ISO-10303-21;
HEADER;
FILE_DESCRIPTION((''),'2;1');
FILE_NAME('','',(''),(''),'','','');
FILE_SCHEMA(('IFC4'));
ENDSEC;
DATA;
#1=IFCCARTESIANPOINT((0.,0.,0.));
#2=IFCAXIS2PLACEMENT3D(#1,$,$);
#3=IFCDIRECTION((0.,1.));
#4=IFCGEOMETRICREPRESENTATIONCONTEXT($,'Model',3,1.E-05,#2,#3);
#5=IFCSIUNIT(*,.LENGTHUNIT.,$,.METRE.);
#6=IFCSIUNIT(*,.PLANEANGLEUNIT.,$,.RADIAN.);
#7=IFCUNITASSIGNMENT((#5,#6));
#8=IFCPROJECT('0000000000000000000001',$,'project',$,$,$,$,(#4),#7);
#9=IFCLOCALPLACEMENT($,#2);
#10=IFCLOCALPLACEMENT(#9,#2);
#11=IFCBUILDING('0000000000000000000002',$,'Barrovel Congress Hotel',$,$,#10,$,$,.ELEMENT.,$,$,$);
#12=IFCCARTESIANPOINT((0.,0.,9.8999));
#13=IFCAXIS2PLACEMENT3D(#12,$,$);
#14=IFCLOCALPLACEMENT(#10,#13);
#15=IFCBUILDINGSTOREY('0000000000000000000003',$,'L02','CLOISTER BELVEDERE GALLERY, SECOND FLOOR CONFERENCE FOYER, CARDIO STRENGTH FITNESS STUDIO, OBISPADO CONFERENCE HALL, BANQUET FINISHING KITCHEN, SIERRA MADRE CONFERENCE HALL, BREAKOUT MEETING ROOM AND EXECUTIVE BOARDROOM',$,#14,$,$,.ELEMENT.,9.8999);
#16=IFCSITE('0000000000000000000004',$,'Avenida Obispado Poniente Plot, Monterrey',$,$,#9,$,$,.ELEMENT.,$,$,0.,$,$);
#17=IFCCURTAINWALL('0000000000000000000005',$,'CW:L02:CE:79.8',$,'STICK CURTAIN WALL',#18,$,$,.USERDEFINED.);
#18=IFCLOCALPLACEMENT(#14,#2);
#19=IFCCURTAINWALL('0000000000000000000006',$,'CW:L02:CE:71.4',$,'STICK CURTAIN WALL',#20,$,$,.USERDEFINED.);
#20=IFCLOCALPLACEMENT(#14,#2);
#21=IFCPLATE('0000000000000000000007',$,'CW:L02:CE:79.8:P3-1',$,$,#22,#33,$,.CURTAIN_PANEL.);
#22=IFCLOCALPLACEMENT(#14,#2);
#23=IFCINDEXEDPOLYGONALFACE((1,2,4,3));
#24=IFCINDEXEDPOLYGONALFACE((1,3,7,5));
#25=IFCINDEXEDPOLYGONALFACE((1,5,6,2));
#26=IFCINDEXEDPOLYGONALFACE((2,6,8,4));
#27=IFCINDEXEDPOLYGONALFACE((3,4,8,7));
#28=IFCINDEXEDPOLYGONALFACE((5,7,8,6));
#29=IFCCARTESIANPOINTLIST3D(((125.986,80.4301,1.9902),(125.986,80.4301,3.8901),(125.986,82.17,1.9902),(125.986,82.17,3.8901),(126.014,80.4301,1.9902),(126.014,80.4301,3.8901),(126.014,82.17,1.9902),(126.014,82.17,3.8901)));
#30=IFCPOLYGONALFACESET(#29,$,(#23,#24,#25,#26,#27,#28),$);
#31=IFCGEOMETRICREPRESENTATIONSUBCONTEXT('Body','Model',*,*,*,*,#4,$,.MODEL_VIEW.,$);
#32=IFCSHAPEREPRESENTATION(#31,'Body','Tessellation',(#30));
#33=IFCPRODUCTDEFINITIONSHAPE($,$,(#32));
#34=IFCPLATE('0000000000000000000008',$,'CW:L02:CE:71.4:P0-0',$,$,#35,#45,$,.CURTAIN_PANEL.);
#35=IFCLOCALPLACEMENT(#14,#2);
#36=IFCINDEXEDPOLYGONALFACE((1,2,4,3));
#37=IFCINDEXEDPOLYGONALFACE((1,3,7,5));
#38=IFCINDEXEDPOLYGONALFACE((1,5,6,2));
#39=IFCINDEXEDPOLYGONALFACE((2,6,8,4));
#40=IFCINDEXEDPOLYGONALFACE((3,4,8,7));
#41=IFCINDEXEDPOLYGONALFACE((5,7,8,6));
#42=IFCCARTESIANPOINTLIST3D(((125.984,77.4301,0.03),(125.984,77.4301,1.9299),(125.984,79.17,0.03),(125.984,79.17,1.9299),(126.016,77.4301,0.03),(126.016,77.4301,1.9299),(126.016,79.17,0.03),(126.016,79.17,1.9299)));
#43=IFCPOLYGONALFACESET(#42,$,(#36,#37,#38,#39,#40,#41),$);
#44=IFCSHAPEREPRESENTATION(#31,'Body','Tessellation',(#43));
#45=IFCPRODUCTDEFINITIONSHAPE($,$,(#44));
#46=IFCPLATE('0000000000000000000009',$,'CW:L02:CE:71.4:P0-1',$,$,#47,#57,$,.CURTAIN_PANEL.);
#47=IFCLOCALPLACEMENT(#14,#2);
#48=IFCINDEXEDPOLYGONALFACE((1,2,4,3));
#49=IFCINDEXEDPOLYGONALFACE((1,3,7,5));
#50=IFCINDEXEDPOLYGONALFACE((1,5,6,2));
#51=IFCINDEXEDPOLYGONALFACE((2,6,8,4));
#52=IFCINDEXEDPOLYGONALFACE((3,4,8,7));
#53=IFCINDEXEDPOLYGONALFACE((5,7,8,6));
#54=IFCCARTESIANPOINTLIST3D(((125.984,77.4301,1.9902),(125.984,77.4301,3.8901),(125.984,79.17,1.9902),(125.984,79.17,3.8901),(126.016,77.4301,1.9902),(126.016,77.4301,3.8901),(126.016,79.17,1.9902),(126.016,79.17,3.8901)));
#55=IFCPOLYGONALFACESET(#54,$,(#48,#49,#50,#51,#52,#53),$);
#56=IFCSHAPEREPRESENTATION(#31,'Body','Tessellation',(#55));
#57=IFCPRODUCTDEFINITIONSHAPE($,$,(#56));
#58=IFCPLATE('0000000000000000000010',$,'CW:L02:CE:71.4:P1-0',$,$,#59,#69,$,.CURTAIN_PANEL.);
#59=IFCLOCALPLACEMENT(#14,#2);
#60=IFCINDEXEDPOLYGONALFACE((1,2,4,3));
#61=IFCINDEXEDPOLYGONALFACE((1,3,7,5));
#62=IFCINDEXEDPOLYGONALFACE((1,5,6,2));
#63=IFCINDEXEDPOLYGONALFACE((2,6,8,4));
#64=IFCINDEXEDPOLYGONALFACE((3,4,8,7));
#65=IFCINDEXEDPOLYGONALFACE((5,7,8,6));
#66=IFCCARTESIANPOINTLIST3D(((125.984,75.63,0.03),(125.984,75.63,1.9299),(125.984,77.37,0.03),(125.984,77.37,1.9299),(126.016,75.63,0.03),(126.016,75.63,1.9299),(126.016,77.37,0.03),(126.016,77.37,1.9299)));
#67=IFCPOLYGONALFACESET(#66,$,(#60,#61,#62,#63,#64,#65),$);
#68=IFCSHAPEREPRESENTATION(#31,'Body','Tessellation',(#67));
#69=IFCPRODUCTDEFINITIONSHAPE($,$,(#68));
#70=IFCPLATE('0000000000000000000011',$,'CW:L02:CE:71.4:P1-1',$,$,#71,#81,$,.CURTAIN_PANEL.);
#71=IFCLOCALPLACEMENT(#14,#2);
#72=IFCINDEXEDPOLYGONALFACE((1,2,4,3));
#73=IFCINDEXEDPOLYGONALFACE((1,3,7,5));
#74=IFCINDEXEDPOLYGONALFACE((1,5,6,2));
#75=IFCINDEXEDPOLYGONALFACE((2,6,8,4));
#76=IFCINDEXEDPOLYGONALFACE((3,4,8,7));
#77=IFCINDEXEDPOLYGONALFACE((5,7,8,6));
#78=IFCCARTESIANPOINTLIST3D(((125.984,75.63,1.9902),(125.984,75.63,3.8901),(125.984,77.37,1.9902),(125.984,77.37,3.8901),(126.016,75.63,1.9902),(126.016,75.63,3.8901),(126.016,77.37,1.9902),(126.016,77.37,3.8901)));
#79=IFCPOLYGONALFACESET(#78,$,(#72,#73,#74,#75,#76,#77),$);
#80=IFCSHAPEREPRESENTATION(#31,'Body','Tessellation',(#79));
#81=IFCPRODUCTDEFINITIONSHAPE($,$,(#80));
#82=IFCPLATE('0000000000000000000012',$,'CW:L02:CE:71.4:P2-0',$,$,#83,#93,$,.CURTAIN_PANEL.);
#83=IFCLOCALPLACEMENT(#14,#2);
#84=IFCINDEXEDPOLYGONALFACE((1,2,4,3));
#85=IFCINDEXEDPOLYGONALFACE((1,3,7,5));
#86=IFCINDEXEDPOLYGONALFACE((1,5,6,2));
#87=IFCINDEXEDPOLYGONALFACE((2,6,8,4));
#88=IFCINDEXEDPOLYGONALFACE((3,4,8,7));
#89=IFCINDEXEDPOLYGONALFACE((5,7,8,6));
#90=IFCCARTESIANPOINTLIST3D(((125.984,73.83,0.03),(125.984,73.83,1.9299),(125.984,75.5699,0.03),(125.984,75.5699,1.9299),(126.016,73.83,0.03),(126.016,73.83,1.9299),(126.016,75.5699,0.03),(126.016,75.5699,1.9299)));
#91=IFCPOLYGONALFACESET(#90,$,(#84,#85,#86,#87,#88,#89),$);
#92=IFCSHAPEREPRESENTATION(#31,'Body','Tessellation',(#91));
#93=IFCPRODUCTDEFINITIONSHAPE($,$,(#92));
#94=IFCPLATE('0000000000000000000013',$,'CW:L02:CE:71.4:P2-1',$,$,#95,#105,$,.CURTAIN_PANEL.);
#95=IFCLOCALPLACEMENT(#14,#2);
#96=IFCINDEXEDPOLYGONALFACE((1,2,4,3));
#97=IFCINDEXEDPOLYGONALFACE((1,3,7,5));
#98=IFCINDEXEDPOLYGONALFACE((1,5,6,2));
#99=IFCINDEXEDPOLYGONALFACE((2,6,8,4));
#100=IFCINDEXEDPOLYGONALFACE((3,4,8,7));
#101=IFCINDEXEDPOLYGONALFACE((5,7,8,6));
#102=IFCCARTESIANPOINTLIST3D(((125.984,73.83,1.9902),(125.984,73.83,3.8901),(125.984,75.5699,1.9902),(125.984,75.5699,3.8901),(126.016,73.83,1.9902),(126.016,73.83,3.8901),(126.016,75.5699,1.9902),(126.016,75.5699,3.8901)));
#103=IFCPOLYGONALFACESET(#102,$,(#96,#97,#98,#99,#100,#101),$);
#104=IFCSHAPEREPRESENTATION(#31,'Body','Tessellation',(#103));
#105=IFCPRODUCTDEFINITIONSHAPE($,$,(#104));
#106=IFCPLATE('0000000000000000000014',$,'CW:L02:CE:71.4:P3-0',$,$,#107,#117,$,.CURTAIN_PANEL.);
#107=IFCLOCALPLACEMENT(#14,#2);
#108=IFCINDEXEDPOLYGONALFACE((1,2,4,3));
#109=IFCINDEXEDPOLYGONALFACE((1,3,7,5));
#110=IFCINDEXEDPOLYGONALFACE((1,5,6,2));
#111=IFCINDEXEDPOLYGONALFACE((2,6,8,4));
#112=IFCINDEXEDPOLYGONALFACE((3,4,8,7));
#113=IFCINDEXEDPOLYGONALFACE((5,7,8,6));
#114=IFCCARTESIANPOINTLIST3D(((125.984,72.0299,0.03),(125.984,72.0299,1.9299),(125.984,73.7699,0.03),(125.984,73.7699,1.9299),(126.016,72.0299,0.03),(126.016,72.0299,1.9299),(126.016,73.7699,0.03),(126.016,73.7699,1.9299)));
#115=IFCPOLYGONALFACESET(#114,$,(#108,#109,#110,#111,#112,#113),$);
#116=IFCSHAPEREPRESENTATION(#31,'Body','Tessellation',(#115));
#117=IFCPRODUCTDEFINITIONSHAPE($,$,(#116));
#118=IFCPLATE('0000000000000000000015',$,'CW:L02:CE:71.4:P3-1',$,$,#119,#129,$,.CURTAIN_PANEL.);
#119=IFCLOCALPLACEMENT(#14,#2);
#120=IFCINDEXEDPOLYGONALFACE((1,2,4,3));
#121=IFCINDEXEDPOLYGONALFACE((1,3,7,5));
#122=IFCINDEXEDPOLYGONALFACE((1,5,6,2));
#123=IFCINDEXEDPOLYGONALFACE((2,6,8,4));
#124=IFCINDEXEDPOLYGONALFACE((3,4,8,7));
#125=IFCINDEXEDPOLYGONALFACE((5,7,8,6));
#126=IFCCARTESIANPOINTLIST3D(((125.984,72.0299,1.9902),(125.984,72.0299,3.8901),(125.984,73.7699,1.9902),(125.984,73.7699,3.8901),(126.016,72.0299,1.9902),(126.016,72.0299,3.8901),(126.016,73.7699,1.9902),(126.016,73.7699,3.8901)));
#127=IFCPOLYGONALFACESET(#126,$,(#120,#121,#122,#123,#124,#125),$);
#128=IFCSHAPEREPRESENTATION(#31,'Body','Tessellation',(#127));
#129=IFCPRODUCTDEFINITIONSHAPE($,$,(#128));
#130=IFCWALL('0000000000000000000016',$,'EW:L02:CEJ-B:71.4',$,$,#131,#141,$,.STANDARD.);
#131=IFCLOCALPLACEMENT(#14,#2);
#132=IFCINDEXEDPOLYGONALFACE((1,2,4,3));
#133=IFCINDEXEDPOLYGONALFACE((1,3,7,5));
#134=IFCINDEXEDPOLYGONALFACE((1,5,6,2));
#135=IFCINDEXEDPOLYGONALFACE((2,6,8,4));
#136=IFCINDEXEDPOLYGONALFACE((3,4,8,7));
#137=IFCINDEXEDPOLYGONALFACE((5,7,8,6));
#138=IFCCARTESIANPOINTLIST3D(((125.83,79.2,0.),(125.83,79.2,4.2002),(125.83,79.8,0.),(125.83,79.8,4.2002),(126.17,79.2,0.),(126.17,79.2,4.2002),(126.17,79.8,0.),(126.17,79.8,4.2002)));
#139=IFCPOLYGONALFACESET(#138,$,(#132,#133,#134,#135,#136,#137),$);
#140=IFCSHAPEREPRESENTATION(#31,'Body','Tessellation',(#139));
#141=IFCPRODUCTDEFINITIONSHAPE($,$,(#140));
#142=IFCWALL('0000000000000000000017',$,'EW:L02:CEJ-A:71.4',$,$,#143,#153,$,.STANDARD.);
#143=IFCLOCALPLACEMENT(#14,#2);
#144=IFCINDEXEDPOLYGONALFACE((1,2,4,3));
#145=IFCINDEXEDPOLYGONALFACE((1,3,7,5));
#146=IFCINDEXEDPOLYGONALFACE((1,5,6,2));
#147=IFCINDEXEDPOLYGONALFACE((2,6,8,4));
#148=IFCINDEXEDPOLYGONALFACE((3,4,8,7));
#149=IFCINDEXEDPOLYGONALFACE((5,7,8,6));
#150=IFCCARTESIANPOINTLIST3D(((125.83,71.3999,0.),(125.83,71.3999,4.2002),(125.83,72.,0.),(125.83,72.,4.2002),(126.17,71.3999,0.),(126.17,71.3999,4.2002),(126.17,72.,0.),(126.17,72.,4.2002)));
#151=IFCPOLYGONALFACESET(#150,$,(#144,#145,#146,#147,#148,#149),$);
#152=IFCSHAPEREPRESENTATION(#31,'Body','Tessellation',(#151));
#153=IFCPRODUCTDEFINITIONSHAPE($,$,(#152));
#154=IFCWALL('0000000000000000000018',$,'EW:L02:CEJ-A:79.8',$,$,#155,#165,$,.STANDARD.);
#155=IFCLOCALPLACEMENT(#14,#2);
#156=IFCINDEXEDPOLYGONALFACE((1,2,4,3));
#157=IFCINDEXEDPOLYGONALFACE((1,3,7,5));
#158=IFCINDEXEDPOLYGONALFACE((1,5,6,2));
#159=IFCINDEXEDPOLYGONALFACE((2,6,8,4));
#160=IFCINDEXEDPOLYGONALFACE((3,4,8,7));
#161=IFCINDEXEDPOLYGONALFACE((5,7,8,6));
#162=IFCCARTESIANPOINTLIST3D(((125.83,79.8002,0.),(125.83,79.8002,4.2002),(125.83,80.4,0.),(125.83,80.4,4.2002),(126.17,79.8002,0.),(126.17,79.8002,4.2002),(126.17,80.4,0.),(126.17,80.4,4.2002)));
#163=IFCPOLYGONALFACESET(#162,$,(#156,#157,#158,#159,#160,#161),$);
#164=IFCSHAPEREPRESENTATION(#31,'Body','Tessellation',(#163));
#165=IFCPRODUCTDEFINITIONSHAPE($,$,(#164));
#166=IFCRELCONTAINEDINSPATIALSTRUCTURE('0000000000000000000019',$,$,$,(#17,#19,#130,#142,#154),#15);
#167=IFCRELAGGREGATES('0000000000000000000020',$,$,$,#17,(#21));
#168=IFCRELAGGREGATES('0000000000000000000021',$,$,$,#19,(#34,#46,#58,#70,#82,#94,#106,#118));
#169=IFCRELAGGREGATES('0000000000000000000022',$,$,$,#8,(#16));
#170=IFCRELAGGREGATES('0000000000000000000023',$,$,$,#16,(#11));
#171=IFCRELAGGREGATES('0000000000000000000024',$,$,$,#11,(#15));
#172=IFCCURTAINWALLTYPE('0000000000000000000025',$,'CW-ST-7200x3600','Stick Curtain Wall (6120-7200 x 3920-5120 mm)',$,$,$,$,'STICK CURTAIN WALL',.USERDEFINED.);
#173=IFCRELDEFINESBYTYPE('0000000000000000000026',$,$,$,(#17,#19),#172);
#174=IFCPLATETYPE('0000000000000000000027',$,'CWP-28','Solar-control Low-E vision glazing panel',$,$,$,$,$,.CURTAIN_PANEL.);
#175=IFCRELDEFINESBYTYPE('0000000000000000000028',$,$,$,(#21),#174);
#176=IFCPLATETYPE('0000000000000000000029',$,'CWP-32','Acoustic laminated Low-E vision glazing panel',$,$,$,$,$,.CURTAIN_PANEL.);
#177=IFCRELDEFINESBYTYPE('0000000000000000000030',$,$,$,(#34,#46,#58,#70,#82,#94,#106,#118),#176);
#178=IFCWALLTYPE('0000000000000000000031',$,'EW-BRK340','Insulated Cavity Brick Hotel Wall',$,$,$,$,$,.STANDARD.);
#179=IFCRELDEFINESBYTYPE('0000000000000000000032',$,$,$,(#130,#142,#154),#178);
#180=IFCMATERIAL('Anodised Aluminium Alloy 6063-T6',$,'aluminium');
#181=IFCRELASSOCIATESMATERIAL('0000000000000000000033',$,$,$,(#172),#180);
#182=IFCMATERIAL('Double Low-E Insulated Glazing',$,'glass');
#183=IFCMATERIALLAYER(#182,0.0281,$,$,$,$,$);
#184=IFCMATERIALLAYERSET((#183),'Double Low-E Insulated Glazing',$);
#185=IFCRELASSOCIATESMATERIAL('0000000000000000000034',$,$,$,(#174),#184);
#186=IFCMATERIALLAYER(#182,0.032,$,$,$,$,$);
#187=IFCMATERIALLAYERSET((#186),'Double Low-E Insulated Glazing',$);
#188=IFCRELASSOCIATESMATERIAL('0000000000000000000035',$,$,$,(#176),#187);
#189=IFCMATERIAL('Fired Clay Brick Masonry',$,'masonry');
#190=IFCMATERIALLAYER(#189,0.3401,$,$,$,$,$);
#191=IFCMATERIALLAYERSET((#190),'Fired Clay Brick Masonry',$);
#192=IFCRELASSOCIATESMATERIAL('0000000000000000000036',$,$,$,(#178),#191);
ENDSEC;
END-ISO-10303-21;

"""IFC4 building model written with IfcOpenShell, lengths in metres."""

from ifc_helpers import new_model, si_unit, direction, frame, frame_2d, origin, origin_2d, place, context, subcontext, project, spatial, rectangle, extrude, material, layer, layer_set, type_object, element, aggregate, save


model = new_model("IFC4")

# Units and contexts
model_context = context("Model", 3, precision=1e-05, world=origin(), true_north=direction((0.0, 1.0)))
body_context = subcontext(model_context, "Body", "Model", "MODEL_VIEW")
ifc_project = project(units=[si_unit("LENGTHUNIT", "METRE"), si_unit("PLANEANGLEUNIT", "RADIAN")], contexts=[model_context])

# Site, building, storey
site_placement = place(None, origin())
site = spatial("IfcSite", under=ifc_project, at=site_placement, Name="Avenida Obispado Poniente Plot, Monterrey", CompositionType="ELEMENT", RefElevation=0.0)
building_placement = place(site_placement, origin())
building = spatial("IfcBuilding", under=site, at=building_placement, Name="Barrovel Congress Hotel", CompositionType="ELEMENT")
storey_placement = place(building_placement, frame((0.0, 0.0, 9.8999)))
storey = spatial("IfcBuildingStorey", under=building, at=storey_placement, Name="L02", Description="CLOISTER BELVEDERE GALLERY, SECOND FLOOR CONFERENCE FOYER, CARDIO STRENGTH FITNESS STUDIO, OBISPADO CONFERENCE HALL, BANQUET FINISHING KITCHEN, SIERRA MADRE CONFERENCE HALL, BREAKOUT MEETING ROOM AND EXECUTIVE BOARDROOM", CompositionType="ELEMENT", Elevation=9.8999)

# Curtain walls
ifc_material_1 = material(Name="Anodised Aluminium Alloy 6063-T6", Category="aluminium")
curtain_wall_type = type_object("IfcCurtainWallType", Name="CW-ST-7200x3600", Description="Stick Curtain Wall (6120-7200 x 3920-5120 mm)", ElementType="STICK CURTAIN WALL", PredefinedType="USERDEFINED", material=ifc_material_1)
curtain_wall_1_placement = place(storey_placement, origin())
curtain_wall_1 = element("IfcCurtainWall", 1, at=curtain_wall_1_placement, inside=storey, type_object=curtain_wall_type, Name="CW:L02:CE:79.8", ObjectType="STICK CURTAIN WALL", PredefinedType="USERDEFINED")
curtain_wall_2_placement = place(storey_placement, origin())
curtain_wall_2 = element("IfcCurtainWall", 2, at=curtain_wall_2_placement, inside=storey, type_object=curtain_wall_type, Name="CW:L02:CE:71.4", ObjectType="STICK CURTAIN WALL", PredefinedType="USERDEFINED")

# Plates
ifc_material_2 = material(Name="Double Low-E Insulated Glazing", Category="glass")
ifc_layer_1 = layer(ifc_material_2, 0.0281)
ifc_layer_set_1 = layer_set([ifc_layer_1], Name="Double Low-E Insulated Glazing")
plate_type_1 = type_object("IfcPlateType", Name="CWP-28", Description="Solar-control Low-E vision glazing panel", PredefinedType="CURTAIN_PANEL", material=ifc_layer_set_1)
plate_1_placement = place(storey_placement, frame((126.0, 81.3, 1.9902), z_axis=(0.0, 0.0, 1.0), x_axis=(0.0, -1.0, 0.0)))
plate_1 = element("IfcPlate", 3, at=plate_1_placement, type_object=plate_type_1, Name="CW:L02:CE:79.8:P3-1", PredefinedType="CURTAIN_PANEL", context=body_context, shape_type="SweptSolid", body=[
    extrude(rectangle(XDim=1.74, YDim=0.0281, at=origin_2d()), origin(), (0.0, 0.0, 1.0), 1.8999),
])
aggregate(curtain_wall_1, [plate_1])
ifc_layer_2 = layer(ifc_material_2, 0.032)
ifc_layer_set_2 = layer_set([ifc_layer_2], Name="Double Low-E Insulated Glazing")
plate_type_2 = type_object("IfcPlateType", Name="CWP-32", Description="Acoustic laminated Low-E vision glazing panel", PredefinedType="CURTAIN_PANEL", material=ifc_layer_set_2)
plate_2_placement = place(storey_placement, frame((126.0, 78.3, 0.03), z_axis=(0.0, 0.0, 1.0), x_axis=(0.0, -1.0, 0.0)))
plate_2 = element("IfcPlate", 4, at=plate_2_placement, type_object=plate_type_2, Name="CW:L02:CE:71.4:P0-0", PredefinedType="CURTAIN_PANEL", context=body_context, shape_type="SweptSolid", body=[
    extrude(rectangle(XDim=1.74, YDim=0.032, at=origin_2d()), origin(), (0.0, 0.0, 1.0), 1.8999),
])
plate_3_placement = place(storey_placement, frame((126.0, 78.3, 1.9902), z_axis=(0.0, 0.0, 1.0), x_axis=(0.0, -1.0, 0.0)))
plate_3 = element("IfcPlate", 5, at=plate_3_placement, type_object=plate_type_2, Name="CW:L02:CE:71.4:P0-1", PredefinedType="CURTAIN_PANEL", context=body_context, shape_type="SweptSolid", body=[
    extrude(rectangle(XDim=1.74, YDim=0.032, at=origin_2d()), origin(), (0.0, 0.0, 1.0), 1.8999),
])
plate_4_placement = place(storey_placement, frame((126.0, 76.5, 0.03), z_axis=(0.0, 0.0, 1.0), x_axis=(0.0, -1.0, 0.0)))
plate_4 = element("IfcPlate", 6, at=plate_4_placement, type_object=plate_type_2, Name="CW:L02:CE:71.4:P1-0", PredefinedType="CURTAIN_PANEL", context=body_context, shape_type="SweptSolid", body=[
    extrude(rectangle(XDim=1.74, YDim=0.032, at=origin_2d()), origin(), (0.0, 0.0, 1.0), 1.8999),
])
plate_5_placement = place(storey_placement, frame((126.0, 76.5, 1.9902), z_axis=(0.0, 0.0, 1.0), x_axis=(0.0, -1.0, 0.0)))
plate_5 = element("IfcPlate", 7, at=plate_5_placement, type_object=plate_type_2, Name="CW:L02:CE:71.4:P1-1", PredefinedType="CURTAIN_PANEL", context=body_context, shape_type="SweptSolid", body=[
    extrude(rectangle(XDim=1.74, YDim=0.032, at=origin_2d()), origin(), (0.0, 0.0, 1.0), 1.8999),
])
plate_6_placement = place(storey_placement, frame((126.0, 74.7, 0.03), z_axis=(0.0, 0.0, 1.0), x_axis=(0.0, -1.0, 0.0)))
plate_6 = element("IfcPlate", 8, at=plate_6_placement, type_object=plate_type_2, Name="CW:L02:CE:71.4:P2-0", PredefinedType="CURTAIN_PANEL", context=body_context, shape_type="SweptSolid", body=[
    extrude(rectangle(XDim=1.74, YDim=0.032, at=origin_2d()), origin(), (0.0, 0.0, 1.0), 1.8999),
])
plate_7_placement = place(storey_placement, frame((126.0, 74.7, 1.9902), z_axis=(0.0, 0.0, 1.0), x_axis=(0.0, -1.0, 0.0)))
plate_7 = element("IfcPlate", 9, at=plate_7_placement, type_object=plate_type_2, Name="CW:L02:CE:71.4:P2-1", PredefinedType="CURTAIN_PANEL", context=body_context, shape_type="SweptSolid", body=[
    extrude(rectangle(XDim=1.74, YDim=0.032, at=origin_2d()), origin(), (0.0, 0.0, 1.0), 1.8999),
])
plate_8_placement = place(storey_placement, frame((126.0, 72.8999, 0.03), z_axis=(0.0, 0.0, 1.0), x_axis=(0.0, -1.0, 0.0)))
plate_8 = element("IfcPlate", 10, at=plate_8_placement, type_object=plate_type_2, Name="CW:L02:CE:71.4:P3-0", PredefinedType="CURTAIN_PANEL", context=body_context, shape_type="SweptSolid", body=[
    extrude(rectangle(XDim=1.74, YDim=0.032, at=origin_2d()), origin(), (0.0, 0.0, 1.0), 1.8999),
])
plate_9_placement = place(storey_placement, frame((126.0, 72.8999, 1.9902), z_axis=(0.0, 0.0, 1.0), x_axis=(0.0, -1.0, 0.0)))
plate_9 = element("IfcPlate", 11, at=plate_9_placement, type_object=plate_type_2, Name="CW:L02:CE:71.4:P3-1", PredefinedType="CURTAIN_PANEL", context=body_context, shape_type="SweptSolid", body=[
    extrude(rectangle(XDim=1.74, YDim=0.032, at=origin_2d()), origin(), (0.0, 0.0, 1.0), 1.8999),
])
aggregate(curtain_wall_2, [plate_2, plate_3, plate_4, plate_5, plate_6, plate_7, plate_8, plate_9])

# Walls
ifc_material_3 = material(Name="Fired Clay Brick Masonry", Category="masonry")
ifc_layer_3 = layer(ifc_material_3, 0.3401)
ifc_layer_set_3 = layer_set([ifc_layer_3], Name="Fired Clay Brick Masonry")
wall_type = type_object("IfcWallType", Name="EW-BRK340", Description="Insulated Cavity Brick Hotel Wall", PredefinedType="STANDARD", material=ifc_layer_set_3)
for number, where, z_axis, x_axis, name in (
    (12, (126.0, 79.8, 0.0), (0.0, 0.0, 1.0), (0.0, -1.0, 0.0), "EW:L02:CEJ-B:71.4"),
    (13, (126.0, 72.0, 0.0), (0.0, 0.0, 1.0), (0.0, -1.0, 0.0), "EW:L02:CEJ-A:71.4"),
):
    element("IfcWall", number, at=place(storey_placement, frame(where, z_axis=z_axis, x_axis=x_axis)), inside=storey, type_object=wall_type, Name=name, PredefinedType="STANDARD", context=body_context, shape_type="SweptSolid", body=[
        extrude(rectangle(XDim=0.6001, YDim=0.3401, at=frame_2d((0.3, 0.0))), origin(), (0.0, 0.0, 1.0), 4.2002),
    ])
wall_placement = place(storey_placement, frame((126.0, 80.3999, 0.0), z_axis=(0.0, 0.0, 1.0), x_axis=(0.0, -1.0, 0.0)))
element("IfcWall", 14, at=wall_placement, inside=storey, type_object=wall_type, Name="EW:L02:CEJ-A:79.8", PredefinedType="STANDARD", context=body_context, shape_type="SweptSolid", body=[
    extrude(rectangle(XDim=0.5999, YDim=0.3401, at=frame_2d((0.2998, 0.0))), origin(), (0.0, 0.0, 1.0), 4.2002),
])

save(model, "model.ifc")
